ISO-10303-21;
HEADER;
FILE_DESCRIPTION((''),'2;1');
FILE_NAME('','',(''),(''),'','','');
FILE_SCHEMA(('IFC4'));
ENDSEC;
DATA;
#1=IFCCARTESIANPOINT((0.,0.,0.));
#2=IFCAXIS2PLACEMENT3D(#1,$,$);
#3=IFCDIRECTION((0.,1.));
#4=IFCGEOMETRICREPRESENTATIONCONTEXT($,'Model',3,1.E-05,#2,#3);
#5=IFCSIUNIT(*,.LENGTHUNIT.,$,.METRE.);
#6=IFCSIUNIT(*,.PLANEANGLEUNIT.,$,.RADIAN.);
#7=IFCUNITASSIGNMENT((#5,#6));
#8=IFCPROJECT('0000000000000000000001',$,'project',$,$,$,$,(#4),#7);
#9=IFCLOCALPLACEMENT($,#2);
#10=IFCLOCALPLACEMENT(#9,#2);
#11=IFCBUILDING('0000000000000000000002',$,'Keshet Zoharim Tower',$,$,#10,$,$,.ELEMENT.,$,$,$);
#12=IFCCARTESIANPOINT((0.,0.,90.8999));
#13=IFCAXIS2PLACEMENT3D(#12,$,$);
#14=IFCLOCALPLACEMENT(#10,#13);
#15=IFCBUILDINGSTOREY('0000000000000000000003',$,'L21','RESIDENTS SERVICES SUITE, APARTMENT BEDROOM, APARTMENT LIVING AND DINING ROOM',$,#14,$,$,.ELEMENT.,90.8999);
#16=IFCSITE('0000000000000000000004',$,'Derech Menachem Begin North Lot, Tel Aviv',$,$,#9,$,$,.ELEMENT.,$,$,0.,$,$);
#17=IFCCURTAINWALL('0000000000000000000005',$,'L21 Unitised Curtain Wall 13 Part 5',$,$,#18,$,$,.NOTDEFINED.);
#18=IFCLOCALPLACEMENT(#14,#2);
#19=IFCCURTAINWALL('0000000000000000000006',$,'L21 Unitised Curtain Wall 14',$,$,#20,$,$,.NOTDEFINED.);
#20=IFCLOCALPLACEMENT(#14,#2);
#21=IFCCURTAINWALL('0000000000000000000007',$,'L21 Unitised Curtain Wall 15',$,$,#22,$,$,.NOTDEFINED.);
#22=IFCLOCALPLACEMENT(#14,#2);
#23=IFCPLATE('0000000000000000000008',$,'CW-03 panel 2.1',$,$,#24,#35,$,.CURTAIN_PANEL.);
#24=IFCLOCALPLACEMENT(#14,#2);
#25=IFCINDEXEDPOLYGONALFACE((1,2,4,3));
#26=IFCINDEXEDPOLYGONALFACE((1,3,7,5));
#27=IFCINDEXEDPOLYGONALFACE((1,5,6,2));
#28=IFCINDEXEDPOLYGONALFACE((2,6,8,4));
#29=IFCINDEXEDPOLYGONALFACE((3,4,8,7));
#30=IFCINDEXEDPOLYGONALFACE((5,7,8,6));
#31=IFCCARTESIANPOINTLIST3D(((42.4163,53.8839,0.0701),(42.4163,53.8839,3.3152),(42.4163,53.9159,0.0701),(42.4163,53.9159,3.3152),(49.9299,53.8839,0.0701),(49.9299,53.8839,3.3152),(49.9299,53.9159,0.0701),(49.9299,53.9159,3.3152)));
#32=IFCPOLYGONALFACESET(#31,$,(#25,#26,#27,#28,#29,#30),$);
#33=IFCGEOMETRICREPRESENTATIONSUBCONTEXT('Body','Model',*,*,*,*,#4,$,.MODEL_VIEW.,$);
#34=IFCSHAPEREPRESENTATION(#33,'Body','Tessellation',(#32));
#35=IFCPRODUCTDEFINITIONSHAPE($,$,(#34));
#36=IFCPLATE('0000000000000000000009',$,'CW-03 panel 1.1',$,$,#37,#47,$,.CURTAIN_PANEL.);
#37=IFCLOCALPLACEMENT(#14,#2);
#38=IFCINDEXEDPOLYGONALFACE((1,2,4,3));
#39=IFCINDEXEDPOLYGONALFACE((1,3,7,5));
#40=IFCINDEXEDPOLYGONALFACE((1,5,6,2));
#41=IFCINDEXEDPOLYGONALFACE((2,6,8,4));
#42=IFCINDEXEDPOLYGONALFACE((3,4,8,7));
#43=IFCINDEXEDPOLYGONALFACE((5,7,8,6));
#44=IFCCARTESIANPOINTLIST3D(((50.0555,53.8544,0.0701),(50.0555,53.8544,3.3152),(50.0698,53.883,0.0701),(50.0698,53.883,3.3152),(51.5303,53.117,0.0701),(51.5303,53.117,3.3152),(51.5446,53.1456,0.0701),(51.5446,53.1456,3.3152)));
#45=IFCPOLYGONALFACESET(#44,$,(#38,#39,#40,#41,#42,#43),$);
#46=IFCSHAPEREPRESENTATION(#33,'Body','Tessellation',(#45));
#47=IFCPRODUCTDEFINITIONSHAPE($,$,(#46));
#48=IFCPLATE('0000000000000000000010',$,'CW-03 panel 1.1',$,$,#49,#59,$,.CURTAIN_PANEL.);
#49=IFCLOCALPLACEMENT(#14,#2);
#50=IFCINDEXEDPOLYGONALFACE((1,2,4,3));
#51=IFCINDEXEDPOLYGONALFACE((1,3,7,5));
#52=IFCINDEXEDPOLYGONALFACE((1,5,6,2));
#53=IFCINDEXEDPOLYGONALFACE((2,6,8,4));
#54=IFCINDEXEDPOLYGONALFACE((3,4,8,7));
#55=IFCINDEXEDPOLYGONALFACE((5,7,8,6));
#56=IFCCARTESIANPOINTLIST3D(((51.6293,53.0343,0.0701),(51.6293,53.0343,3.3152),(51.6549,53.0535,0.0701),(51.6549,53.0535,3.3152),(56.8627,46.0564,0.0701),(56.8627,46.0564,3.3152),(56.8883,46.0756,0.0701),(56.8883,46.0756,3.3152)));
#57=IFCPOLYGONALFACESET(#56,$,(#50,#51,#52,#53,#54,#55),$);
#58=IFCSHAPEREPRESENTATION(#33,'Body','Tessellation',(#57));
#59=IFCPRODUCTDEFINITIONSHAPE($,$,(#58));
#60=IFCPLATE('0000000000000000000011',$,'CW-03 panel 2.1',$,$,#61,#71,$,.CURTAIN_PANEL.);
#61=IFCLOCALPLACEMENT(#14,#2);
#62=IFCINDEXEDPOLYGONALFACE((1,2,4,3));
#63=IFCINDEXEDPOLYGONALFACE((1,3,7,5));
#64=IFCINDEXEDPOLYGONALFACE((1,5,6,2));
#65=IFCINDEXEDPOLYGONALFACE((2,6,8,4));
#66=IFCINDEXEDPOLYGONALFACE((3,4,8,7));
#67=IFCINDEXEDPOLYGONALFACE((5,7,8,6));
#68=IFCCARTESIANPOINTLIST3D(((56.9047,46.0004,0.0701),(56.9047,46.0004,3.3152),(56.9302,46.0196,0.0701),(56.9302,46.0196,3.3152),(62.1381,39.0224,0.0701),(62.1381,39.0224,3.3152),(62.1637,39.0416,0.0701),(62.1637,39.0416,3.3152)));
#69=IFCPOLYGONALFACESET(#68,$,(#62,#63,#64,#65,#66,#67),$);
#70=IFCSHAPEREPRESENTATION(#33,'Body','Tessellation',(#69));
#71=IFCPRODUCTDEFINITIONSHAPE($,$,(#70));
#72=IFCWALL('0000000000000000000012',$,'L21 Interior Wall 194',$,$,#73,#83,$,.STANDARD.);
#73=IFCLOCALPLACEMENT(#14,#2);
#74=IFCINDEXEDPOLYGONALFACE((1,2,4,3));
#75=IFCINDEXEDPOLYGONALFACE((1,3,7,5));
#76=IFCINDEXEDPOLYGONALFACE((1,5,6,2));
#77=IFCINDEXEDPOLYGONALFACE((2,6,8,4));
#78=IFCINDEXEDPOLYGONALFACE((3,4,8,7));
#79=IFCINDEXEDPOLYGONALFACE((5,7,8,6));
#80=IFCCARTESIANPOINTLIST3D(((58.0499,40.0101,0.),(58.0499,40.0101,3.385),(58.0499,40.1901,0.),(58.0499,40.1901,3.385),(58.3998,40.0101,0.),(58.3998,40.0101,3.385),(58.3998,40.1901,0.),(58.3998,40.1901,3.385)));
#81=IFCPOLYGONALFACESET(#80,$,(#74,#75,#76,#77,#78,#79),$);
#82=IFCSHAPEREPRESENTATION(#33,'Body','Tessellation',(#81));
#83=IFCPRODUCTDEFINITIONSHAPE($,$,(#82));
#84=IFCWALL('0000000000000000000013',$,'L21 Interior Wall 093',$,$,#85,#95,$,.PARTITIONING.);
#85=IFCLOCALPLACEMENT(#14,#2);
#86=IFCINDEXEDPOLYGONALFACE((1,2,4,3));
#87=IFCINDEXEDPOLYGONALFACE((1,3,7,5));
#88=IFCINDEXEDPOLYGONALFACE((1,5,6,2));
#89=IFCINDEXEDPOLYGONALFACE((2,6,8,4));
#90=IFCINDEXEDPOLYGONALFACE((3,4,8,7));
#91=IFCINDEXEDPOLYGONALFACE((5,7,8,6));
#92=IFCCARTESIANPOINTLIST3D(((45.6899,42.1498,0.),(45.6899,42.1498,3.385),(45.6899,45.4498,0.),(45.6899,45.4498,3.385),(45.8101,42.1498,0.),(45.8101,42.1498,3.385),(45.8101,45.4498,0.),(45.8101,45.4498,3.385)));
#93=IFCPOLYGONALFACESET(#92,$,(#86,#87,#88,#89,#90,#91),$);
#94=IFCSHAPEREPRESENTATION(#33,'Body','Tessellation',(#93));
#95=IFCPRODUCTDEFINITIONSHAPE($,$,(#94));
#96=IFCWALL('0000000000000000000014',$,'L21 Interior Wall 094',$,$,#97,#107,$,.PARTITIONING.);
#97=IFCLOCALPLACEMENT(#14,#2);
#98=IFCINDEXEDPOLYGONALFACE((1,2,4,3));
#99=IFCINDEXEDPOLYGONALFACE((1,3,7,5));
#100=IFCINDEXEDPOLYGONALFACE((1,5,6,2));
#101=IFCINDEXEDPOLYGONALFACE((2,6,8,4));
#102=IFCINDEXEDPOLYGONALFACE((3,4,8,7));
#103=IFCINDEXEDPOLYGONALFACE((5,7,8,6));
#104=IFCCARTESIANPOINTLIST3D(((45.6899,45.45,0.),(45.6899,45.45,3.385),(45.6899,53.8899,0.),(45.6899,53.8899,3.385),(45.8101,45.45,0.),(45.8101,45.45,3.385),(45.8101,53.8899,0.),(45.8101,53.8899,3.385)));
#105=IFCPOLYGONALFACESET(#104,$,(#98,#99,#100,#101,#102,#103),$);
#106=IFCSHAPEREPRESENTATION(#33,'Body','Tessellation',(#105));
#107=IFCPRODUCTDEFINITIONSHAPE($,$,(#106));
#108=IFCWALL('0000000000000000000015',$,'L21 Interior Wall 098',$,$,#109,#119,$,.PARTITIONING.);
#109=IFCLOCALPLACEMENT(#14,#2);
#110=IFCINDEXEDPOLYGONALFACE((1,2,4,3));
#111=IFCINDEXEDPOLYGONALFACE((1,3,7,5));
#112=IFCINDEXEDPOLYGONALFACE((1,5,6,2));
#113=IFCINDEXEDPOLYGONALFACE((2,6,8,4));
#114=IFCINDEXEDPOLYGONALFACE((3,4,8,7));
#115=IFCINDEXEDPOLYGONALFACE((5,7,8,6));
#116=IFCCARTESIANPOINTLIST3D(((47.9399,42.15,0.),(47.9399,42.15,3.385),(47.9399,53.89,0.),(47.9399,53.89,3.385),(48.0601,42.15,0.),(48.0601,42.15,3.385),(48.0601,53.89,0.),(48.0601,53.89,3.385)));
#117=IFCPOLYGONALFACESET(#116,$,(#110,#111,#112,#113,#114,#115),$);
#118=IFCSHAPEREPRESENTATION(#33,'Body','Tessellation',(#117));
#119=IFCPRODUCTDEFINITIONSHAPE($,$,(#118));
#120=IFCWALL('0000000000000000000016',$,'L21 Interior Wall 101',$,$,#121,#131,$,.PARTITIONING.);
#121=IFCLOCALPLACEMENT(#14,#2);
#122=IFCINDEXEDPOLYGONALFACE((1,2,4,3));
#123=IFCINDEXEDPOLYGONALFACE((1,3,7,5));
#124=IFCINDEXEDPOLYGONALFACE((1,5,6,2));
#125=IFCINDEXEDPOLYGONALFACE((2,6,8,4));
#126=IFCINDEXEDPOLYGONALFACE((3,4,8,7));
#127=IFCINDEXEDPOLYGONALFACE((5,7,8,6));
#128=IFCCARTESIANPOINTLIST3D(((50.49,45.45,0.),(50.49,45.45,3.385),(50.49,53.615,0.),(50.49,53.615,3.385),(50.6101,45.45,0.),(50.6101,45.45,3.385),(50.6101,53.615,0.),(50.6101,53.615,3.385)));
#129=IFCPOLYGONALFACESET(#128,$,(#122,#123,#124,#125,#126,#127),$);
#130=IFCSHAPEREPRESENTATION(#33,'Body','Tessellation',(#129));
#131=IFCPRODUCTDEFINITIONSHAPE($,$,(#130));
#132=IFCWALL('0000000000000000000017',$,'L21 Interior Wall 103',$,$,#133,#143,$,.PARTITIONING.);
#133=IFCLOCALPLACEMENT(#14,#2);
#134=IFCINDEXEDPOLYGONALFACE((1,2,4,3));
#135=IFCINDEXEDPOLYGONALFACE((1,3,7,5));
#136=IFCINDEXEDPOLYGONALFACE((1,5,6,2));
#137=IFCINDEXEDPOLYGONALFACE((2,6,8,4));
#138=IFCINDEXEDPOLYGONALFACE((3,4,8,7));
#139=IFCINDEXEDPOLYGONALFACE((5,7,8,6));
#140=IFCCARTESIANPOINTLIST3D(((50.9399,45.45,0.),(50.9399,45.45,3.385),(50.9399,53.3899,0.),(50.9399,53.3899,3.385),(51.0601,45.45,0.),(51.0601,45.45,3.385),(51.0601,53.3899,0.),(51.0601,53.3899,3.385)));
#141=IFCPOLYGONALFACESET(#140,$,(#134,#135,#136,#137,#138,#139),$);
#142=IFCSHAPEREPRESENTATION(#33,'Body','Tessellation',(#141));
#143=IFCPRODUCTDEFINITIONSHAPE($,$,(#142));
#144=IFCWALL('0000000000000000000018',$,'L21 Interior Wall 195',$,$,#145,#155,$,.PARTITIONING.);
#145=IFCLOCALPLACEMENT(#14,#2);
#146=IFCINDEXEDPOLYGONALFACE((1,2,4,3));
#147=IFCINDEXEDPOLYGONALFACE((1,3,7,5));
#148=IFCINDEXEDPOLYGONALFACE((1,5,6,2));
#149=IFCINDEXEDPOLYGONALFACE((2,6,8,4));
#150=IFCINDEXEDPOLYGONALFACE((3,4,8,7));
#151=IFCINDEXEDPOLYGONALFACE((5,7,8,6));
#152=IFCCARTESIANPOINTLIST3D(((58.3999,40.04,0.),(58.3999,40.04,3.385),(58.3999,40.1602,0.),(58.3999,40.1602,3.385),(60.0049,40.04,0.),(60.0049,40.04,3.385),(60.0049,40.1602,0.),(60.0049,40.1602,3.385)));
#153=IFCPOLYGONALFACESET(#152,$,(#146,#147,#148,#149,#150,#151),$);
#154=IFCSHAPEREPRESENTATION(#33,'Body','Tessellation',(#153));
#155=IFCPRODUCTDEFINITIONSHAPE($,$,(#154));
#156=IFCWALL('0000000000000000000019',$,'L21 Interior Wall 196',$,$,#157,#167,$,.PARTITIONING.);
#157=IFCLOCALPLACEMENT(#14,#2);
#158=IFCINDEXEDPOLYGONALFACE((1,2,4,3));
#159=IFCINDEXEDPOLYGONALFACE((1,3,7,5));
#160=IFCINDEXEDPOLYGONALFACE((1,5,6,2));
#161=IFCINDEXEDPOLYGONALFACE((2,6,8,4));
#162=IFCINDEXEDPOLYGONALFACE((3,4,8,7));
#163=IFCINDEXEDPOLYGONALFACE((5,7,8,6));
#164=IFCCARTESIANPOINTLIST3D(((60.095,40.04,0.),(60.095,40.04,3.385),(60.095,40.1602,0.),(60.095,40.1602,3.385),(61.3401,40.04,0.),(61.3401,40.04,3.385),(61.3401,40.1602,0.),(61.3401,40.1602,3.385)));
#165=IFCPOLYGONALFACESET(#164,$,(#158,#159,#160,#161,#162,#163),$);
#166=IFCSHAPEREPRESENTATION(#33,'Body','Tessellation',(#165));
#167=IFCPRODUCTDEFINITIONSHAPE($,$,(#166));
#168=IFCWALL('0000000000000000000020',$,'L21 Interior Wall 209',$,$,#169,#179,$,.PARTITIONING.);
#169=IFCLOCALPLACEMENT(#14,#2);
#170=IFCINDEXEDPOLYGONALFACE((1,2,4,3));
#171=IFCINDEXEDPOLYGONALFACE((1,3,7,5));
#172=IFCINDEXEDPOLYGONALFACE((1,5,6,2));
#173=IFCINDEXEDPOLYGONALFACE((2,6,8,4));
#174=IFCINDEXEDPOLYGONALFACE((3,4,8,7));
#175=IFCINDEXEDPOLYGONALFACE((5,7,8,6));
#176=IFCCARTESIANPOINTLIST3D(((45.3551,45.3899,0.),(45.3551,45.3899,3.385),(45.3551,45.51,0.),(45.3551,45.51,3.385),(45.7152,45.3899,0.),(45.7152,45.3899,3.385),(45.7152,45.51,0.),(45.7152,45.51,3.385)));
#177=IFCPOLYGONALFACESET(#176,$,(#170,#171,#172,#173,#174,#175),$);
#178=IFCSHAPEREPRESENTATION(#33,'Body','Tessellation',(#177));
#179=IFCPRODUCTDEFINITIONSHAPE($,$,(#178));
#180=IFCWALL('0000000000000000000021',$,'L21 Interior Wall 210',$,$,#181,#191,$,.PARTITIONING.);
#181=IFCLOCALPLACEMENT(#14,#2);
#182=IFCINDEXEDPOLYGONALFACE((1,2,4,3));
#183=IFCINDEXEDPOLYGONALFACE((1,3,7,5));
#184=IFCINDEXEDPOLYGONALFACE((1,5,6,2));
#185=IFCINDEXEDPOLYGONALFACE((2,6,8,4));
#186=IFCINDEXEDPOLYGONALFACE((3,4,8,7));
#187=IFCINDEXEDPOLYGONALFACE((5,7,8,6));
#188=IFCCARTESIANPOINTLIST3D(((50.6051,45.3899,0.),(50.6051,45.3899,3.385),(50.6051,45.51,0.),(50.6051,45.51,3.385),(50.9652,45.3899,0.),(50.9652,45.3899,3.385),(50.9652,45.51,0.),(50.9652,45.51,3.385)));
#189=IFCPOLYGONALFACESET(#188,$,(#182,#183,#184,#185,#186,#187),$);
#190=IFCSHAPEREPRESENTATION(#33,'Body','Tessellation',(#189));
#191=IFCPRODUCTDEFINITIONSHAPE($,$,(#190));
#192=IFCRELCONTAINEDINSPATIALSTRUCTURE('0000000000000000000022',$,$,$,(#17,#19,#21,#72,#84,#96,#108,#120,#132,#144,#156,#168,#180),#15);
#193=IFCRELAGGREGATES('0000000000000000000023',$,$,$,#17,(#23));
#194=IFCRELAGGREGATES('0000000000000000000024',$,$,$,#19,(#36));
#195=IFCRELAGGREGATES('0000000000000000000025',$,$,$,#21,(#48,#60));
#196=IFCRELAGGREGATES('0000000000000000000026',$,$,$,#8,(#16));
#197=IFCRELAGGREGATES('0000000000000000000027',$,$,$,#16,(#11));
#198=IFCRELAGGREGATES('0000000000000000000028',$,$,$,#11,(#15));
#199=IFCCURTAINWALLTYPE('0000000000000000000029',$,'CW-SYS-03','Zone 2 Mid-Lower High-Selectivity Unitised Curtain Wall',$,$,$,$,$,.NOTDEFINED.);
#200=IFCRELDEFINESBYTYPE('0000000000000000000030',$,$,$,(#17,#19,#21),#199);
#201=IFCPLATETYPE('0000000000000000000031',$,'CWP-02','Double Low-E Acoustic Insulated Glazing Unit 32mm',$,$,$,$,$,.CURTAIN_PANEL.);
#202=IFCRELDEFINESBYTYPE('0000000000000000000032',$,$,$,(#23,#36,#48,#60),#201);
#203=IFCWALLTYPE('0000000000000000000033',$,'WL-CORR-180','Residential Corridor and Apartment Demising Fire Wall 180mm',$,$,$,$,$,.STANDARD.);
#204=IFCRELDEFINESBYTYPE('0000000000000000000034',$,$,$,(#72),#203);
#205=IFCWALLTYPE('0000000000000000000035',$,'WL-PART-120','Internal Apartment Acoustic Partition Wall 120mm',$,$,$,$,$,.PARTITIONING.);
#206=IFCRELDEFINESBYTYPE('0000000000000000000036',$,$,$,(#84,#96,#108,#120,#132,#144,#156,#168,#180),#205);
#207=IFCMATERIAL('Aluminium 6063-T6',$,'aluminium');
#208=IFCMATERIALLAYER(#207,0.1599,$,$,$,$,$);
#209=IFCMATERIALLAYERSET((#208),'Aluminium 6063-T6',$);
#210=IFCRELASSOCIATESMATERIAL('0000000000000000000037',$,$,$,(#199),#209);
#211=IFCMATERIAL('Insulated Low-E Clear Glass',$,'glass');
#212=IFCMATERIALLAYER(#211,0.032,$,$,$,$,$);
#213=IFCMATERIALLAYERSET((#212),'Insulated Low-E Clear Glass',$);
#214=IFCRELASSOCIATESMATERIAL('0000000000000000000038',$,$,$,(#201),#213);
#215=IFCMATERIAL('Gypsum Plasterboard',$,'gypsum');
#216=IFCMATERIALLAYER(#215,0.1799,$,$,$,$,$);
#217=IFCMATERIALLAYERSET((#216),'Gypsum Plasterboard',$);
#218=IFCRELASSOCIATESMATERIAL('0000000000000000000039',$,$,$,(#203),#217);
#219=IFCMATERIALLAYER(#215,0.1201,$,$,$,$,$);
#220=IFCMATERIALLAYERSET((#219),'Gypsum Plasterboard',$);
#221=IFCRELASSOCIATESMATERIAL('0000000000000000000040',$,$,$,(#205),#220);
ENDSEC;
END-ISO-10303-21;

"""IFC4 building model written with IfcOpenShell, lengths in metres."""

from ifc_helpers import new_model, si_unit, direction, frame, frame_2d, origin, origin_2d, place, context, subcontext, project, spatial, rectangle, extrude, material, layer, layer_set, type_object, element, aggregate, save


model = new_model("IFC4")

# Units and contexts
model_context = context("Model", 3, precision=1e-05, world=origin(), true_north=direction((0.0, 1.0)))
body_context = subcontext(model_context, "Body", "Model", "MODEL_VIEW")
ifc_project = project(units=[si_unit("LENGTHUNIT", "METRE"), si_unit("PLANEANGLEUNIT", "RADIAN")], contexts=[model_context])

# Site, building, storey
site_placement = place(None, origin())
site = spatial("IfcSite", under=ifc_project, at=site_placement, Name="Derech Menachem Begin North Lot, Tel Aviv", CompositionType="ELEMENT", RefElevation=0.0)
building_placement = place(site_placement, origin())
building = spatial("IfcBuilding", under=site, at=building_placement, Name="Keshet Zoharim Tower", CompositionType="ELEMENT")
storey_placement = place(building_placement, frame((0.0, 0.0, 90.8999)))
storey = spatial("IfcBuildingStorey", under=building, at=storey_placement, Name="L21", Description="RESIDENTS SERVICES SUITE, APARTMENT BEDROOM, APARTMENT LIVING AND DINING ROOM", CompositionType="ELEMENT", Elevation=90.8999)

# Curtain wall
ifc_material_1 = material(Name="Aluminium 6063-T6", Category="aluminium")
ifc_layer_1 = layer(ifc_material_1, 0.1599)
ifc_layer_set_1 = layer_set([ifc_layer_1], Name="Aluminium 6063-T6")
curtain_wall_type = type_object("IfcCurtainWallType", Name="CW-SYS-03", Description="Zone 2 Mid-Lower High-Selectivity Unitised Curtain Wall", PredefinedType="NOTDEFINED", material=ifc_layer_set_1)
curtain_wall_1_placement = place(storey_placement, origin())
curtain_wall_1 = element("IfcCurtainWall", 1, at=curtain_wall_1_placement, inside=storey, type_object=curtain_wall_type, Name="L21 Unitised Curtain Wall 13 Part 5", PredefinedType="NOTDEFINED")

# Curtain walls
curtain_wall_2_placement = place(storey_placement, origin())
curtain_wall_2 = element("IfcCurtainWall", 2, at=curtain_wall_2_placement, inside=storey, type_object=curtain_wall_type, Name="L21 Unitised Curtain Wall 14", PredefinedType="NOTDEFINED")
curtain_wall_3_placement = place(storey_placement, origin())
curtain_wall_3 = element("IfcCurtainWall", 3, at=curtain_wall_3_placement, inside=storey, type_object=curtain_wall_type, Name="L21 Unitised Curtain Wall 15", PredefinedType="NOTDEFINED")

# Plates
ifc_material_2 = material(Name="Insulated Low-E Clear Glass", Category="glass")
ifc_layer_2 = layer(ifc_material_2, 0.032)
ifc_layer_set_2 = layer_set([ifc_layer_2], Name="Insulated Low-E Clear Glass")
plate_type = type_object("IfcPlateType", Name="CWP-02", Description="Double Low-E Acoustic Insulated Glazing Unit 32mm", PredefinedType="CURTAIN_PANEL", material=ifc_layer_set_2)
plate_1_placement = place(storey_placement, frame((46.1731, 53.8999, 0.0701), z_axis=(0.0, 0.0, 1.0), x_axis=(1.0, 0.0, 0.0)))
plate_1 = element("IfcPlate", 4, at=plate_1_placement, type_object=plate_type, Name="CW-03 panel 2.1", PredefinedType="CURTAIN_PANEL", context=body_context, shape_type="SweptSolid", body=[
    extrude(rectangle(XDim=7.5137, YDim=0.032, at=origin_2d()), origin(), (0.0, 0.0, 1.0), 3.2451),
])
aggregate(curtain_wall_1, [plate_1])
plate_2_placement = place(storey_placement, frame((50.8, 53.5, 0.0701), z_axis=(0.0, 0.0, 1.0), x_axis=(0.894427, -0.447214, 0.0)))
plate_2 = element("IfcPlate", 5, at=plate_2_placement, type_object=plate_type, Name="CW-03 panel 1.1", PredefinedType="CURTAIN_PANEL", context=body_context, shape_type="SweptSolid", body=[
    extrude(rectangle(XDim=1.6489, YDim=0.032, at=origin_2d()), origin(), (0.0, 0.0, 1.0), 3.2451),
])
aggregate(curtain_wall_2, [plate_2])
plate_3_placement = place(storey_placement, frame((54.2588, 49.5549, 0.0701), z_axis=(0.0, 0.0, 1.0), x_axis=(0.6, -0.8, 0.0)))
plate_3 = element("IfcPlate", 6, at=plate_3_placement, type_object=plate_type, Name="CW-03 panel 1.1", PredefinedType="CURTAIN_PANEL", context=body_context, shape_type="SweptSolid", body=[
    extrude(rectangle(XDim=8.7224, YDim=0.032, at=origin_2d()), origin(), (0.0, 0.0, 1.0), 3.2451),
])
plate_4_placement = place(storey_placement, frame((59.5342, 42.521, 0.0701), z_axis=(0.0, 0.0, 1.0), x_axis=(0.6, -0.8, 0.0)))
plate_4 = element("IfcPlate", 7, at=plate_4_placement, type_object=plate_type, Name="CW-03 panel 2.1", PredefinedType="CURTAIN_PANEL", context=body_context, shape_type="SweptSolid", body=[
    extrude(rectangle(XDim=8.7224, YDim=0.032, at=origin_2d()), origin(), (0.0, 0.0, 1.0), 3.2451),
])
aggregate(curtain_wall_3, [plate_3, plate_4])

# Walls
ifc_material_3 = material(Name="Gypsum Plasterboard", Category="gypsum")
ifc_layer_3 = layer(ifc_material_3, 0.1799)
ifc_layer_set_3 = layer_set([ifc_layer_3], Name="Gypsum Plasterboard")
wall_type_1 = type_object("IfcWallType", Name="WL-CORR-180", Description="Residential Corridor and Apartment Demising Fire Wall 180mm", PredefinedType="STANDARD", material=ifc_layer_set_3)
wall_1_placement = place(storey_placement, frame((58.05, 40.1001, 0.0), z_axis=(0.0, 0.0, 1.0), x_axis=(1.0, 0.0, 0.0)))
element("IfcWall", 8, at=wall_1_placement, inside=storey, type_object=wall_type_1, Name="L21 Interior Wall 194", PredefinedType="STANDARD", context=body_context, shape_type="SweptSolid", body=[
    extrude(rectangle(XDim=0.3499, YDim=0.1799, at=frame_2d((0.1748, 0.0))), origin(), (0.0, 0.0, 1.0), 3.385),
])
ifc_layer_4 = layer(ifc_material_3, 0.1201)
ifc_layer_set_4 = layer_set([ifc_layer_4], Name="Gypsum Plasterboard")
wall_type_2 = type_object("IfcWallType", Name="WL-PART-120", Description="Internal Apartment Acoustic Partition Wall 120mm", PredefinedType="PARTITIONING", material=ifc_layer_set_4)
wall_2_placement = place(storey_placement, frame((45.75, 42.1499, 0.0), z_axis=(0.0, 0.0, 1.0), x_axis=(0.0, 1.0, 0.0)))
element("IfcWall", 9, at=wall_2_placement, inside=storey, type_object=wall_type_2, Name="L21 Interior Wall 093", PredefinedType="PARTITIONING", context=body_context, shape_type="SweptSolid", body=[
    extrude(rectangle(XDim=3.3, YDim=0.1201, at=frame_2d((1.6499, 0.0))), origin(), (0.0, 0.0, 1.0), 3.385),
])
wall_3_placement = place(storey_placement, frame((45.75, 45.45, 0.0), z_axis=(0.0, 0.0, 1.0), x_axis=(0.0, 1.0, 0.0)))
element("IfcWall", 10, at=wall_3_placement, inside=storey, type_object=wall_type_2, Name="L21 Interior Wall 094", PredefinedType="PARTITIONING", context=body_context, shape_type="SweptSolid", body=[
    extrude(rectangle(XDim=8.4399, YDim=0.1201, at=frame_2d((4.22, 0.0))), origin(), (0.0, 0.0, 1.0), 3.385),
])
wall_4_placement = place(storey_placement, frame((48.0, 42.1499, 0.0), z_axis=(0.0, 0.0, 1.0), x_axis=(0.0, 1.0, 0.0)))
element("IfcWall", 11, at=wall_4_placement, inside=storey, type_object=wall_type_2, Name="L21 Interior Wall 098", PredefinedType="PARTITIONING", context=body_context, shape_type="SweptSolid", body=[
    extrude(rectangle(XDim=11.74, YDim=0.1201, at=frame_2d((5.8701, 0.0))), origin(), (0.0, 0.0, 1.0), 3.385),
])
wall_5_placement = place(storey_placement, frame((50.55, 45.45, 0.0), z_axis=(0.0, 0.0, 1.0), x_axis=(0.0, 1.0, 0.0)))
element("IfcWall", 12, at=wall_5_placement, inside=storey, type_object=wall_type_2, Name="L21 Interior Wall 101", PredefinedType="PARTITIONING", context=body_context, shape_type="SweptSolid", body=[
    extrude(rectangle(XDim=8.165, YDim=0.1201, at=frame_2d((4.0825, 0.0))), origin(), (0.0, 0.0, 1.0), 3.385),
])
wall_6_placement = place(storey_placement, frame((51.0, 45.45, 0.0), z_axis=(0.0, 0.0, 1.0), x_axis=(0.0, 1.0, 0.0)))
element("IfcWall", 13, at=wall_6_placement, inside=storey, type_object=wall_type_2, Name="L21 Interior Wall 103", PredefinedType="PARTITIONING", context=body_context, shape_type="SweptSolid", body=[
    extrude(rectangle(XDim=7.9399, YDim=0.1201, at=frame_2d((3.97, 0.0))), origin(), (0.0, 0.0, 1.0), 3.385),
])
wall_7_placement = place(storey_placement, frame((58.3999, 40.1001, 0.0), z_axis=(0.0, 0.0, 1.0), x_axis=(1.0, 0.0, 0.0)))
element("IfcWall", 14, at=wall_7_placement, inside=storey, type_object=wall_type_2, Name="L21 Interior Wall 195", PredefinedType="PARTITIONING", context=body_context, shape_type="SweptSolid", body=[
    extrude(rectangle(XDim=1.605, YDim=0.1201, at=frame_2d((0.8025, 0.0))), origin(), (0.0, 0.0, 1.0), 3.385),
])
wall_8_placement = place(storey_placement, frame((60.095, 40.1001, 0.0), z_axis=(0.0, 0.0, 1.0), x_axis=(1.0, 0.0, 0.0)))
element("IfcWall", 15, at=wall_8_placement, inside=storey, type_object=wall_type_2, Name="L21 Interior Wall 196", PredefinedType="PARTITIONING", context=body_context, shape_type="SweptSolid", body=[
    extrude(rectangle(XDim=1.2451, YDim=0.1201, at=frame_2d((0.6226, 0.0))), origin(), (0.0, 0.0, 1.0), 3.385),
])

# Walls
for number, where, z_axis, x_axis, name in (
    (16, (45.355, 45.45, 0.0), (0.0, 0.0, 1.0), (1.0, 0.0, 0.0), "L21 Interior Wall 209"),
    (17, (50.605, 45.45, 0.0), (0.0, 0.0, 1.0), (1.0, 0.0, 0.0), "L21 Interior Wall 210"),
):
    element("IfcWall", number, at=place(storey_placement, frame(where, z_axis=z_axis, x_axis=x_axis)), inside=storey, type_object=wall_type_2, Name=name, PredefinedType="PARTITIONING", context=body_context, shape_type="SweptSolid", body=[
        extrude(rectangle(XDim=0.3601, YDim=0.1201, at=frame_2d((0.1802, 0.0))), origin(), (0.0, 0.0, 1.0), 3.385),
    ])

save(model, "model.ifc")
